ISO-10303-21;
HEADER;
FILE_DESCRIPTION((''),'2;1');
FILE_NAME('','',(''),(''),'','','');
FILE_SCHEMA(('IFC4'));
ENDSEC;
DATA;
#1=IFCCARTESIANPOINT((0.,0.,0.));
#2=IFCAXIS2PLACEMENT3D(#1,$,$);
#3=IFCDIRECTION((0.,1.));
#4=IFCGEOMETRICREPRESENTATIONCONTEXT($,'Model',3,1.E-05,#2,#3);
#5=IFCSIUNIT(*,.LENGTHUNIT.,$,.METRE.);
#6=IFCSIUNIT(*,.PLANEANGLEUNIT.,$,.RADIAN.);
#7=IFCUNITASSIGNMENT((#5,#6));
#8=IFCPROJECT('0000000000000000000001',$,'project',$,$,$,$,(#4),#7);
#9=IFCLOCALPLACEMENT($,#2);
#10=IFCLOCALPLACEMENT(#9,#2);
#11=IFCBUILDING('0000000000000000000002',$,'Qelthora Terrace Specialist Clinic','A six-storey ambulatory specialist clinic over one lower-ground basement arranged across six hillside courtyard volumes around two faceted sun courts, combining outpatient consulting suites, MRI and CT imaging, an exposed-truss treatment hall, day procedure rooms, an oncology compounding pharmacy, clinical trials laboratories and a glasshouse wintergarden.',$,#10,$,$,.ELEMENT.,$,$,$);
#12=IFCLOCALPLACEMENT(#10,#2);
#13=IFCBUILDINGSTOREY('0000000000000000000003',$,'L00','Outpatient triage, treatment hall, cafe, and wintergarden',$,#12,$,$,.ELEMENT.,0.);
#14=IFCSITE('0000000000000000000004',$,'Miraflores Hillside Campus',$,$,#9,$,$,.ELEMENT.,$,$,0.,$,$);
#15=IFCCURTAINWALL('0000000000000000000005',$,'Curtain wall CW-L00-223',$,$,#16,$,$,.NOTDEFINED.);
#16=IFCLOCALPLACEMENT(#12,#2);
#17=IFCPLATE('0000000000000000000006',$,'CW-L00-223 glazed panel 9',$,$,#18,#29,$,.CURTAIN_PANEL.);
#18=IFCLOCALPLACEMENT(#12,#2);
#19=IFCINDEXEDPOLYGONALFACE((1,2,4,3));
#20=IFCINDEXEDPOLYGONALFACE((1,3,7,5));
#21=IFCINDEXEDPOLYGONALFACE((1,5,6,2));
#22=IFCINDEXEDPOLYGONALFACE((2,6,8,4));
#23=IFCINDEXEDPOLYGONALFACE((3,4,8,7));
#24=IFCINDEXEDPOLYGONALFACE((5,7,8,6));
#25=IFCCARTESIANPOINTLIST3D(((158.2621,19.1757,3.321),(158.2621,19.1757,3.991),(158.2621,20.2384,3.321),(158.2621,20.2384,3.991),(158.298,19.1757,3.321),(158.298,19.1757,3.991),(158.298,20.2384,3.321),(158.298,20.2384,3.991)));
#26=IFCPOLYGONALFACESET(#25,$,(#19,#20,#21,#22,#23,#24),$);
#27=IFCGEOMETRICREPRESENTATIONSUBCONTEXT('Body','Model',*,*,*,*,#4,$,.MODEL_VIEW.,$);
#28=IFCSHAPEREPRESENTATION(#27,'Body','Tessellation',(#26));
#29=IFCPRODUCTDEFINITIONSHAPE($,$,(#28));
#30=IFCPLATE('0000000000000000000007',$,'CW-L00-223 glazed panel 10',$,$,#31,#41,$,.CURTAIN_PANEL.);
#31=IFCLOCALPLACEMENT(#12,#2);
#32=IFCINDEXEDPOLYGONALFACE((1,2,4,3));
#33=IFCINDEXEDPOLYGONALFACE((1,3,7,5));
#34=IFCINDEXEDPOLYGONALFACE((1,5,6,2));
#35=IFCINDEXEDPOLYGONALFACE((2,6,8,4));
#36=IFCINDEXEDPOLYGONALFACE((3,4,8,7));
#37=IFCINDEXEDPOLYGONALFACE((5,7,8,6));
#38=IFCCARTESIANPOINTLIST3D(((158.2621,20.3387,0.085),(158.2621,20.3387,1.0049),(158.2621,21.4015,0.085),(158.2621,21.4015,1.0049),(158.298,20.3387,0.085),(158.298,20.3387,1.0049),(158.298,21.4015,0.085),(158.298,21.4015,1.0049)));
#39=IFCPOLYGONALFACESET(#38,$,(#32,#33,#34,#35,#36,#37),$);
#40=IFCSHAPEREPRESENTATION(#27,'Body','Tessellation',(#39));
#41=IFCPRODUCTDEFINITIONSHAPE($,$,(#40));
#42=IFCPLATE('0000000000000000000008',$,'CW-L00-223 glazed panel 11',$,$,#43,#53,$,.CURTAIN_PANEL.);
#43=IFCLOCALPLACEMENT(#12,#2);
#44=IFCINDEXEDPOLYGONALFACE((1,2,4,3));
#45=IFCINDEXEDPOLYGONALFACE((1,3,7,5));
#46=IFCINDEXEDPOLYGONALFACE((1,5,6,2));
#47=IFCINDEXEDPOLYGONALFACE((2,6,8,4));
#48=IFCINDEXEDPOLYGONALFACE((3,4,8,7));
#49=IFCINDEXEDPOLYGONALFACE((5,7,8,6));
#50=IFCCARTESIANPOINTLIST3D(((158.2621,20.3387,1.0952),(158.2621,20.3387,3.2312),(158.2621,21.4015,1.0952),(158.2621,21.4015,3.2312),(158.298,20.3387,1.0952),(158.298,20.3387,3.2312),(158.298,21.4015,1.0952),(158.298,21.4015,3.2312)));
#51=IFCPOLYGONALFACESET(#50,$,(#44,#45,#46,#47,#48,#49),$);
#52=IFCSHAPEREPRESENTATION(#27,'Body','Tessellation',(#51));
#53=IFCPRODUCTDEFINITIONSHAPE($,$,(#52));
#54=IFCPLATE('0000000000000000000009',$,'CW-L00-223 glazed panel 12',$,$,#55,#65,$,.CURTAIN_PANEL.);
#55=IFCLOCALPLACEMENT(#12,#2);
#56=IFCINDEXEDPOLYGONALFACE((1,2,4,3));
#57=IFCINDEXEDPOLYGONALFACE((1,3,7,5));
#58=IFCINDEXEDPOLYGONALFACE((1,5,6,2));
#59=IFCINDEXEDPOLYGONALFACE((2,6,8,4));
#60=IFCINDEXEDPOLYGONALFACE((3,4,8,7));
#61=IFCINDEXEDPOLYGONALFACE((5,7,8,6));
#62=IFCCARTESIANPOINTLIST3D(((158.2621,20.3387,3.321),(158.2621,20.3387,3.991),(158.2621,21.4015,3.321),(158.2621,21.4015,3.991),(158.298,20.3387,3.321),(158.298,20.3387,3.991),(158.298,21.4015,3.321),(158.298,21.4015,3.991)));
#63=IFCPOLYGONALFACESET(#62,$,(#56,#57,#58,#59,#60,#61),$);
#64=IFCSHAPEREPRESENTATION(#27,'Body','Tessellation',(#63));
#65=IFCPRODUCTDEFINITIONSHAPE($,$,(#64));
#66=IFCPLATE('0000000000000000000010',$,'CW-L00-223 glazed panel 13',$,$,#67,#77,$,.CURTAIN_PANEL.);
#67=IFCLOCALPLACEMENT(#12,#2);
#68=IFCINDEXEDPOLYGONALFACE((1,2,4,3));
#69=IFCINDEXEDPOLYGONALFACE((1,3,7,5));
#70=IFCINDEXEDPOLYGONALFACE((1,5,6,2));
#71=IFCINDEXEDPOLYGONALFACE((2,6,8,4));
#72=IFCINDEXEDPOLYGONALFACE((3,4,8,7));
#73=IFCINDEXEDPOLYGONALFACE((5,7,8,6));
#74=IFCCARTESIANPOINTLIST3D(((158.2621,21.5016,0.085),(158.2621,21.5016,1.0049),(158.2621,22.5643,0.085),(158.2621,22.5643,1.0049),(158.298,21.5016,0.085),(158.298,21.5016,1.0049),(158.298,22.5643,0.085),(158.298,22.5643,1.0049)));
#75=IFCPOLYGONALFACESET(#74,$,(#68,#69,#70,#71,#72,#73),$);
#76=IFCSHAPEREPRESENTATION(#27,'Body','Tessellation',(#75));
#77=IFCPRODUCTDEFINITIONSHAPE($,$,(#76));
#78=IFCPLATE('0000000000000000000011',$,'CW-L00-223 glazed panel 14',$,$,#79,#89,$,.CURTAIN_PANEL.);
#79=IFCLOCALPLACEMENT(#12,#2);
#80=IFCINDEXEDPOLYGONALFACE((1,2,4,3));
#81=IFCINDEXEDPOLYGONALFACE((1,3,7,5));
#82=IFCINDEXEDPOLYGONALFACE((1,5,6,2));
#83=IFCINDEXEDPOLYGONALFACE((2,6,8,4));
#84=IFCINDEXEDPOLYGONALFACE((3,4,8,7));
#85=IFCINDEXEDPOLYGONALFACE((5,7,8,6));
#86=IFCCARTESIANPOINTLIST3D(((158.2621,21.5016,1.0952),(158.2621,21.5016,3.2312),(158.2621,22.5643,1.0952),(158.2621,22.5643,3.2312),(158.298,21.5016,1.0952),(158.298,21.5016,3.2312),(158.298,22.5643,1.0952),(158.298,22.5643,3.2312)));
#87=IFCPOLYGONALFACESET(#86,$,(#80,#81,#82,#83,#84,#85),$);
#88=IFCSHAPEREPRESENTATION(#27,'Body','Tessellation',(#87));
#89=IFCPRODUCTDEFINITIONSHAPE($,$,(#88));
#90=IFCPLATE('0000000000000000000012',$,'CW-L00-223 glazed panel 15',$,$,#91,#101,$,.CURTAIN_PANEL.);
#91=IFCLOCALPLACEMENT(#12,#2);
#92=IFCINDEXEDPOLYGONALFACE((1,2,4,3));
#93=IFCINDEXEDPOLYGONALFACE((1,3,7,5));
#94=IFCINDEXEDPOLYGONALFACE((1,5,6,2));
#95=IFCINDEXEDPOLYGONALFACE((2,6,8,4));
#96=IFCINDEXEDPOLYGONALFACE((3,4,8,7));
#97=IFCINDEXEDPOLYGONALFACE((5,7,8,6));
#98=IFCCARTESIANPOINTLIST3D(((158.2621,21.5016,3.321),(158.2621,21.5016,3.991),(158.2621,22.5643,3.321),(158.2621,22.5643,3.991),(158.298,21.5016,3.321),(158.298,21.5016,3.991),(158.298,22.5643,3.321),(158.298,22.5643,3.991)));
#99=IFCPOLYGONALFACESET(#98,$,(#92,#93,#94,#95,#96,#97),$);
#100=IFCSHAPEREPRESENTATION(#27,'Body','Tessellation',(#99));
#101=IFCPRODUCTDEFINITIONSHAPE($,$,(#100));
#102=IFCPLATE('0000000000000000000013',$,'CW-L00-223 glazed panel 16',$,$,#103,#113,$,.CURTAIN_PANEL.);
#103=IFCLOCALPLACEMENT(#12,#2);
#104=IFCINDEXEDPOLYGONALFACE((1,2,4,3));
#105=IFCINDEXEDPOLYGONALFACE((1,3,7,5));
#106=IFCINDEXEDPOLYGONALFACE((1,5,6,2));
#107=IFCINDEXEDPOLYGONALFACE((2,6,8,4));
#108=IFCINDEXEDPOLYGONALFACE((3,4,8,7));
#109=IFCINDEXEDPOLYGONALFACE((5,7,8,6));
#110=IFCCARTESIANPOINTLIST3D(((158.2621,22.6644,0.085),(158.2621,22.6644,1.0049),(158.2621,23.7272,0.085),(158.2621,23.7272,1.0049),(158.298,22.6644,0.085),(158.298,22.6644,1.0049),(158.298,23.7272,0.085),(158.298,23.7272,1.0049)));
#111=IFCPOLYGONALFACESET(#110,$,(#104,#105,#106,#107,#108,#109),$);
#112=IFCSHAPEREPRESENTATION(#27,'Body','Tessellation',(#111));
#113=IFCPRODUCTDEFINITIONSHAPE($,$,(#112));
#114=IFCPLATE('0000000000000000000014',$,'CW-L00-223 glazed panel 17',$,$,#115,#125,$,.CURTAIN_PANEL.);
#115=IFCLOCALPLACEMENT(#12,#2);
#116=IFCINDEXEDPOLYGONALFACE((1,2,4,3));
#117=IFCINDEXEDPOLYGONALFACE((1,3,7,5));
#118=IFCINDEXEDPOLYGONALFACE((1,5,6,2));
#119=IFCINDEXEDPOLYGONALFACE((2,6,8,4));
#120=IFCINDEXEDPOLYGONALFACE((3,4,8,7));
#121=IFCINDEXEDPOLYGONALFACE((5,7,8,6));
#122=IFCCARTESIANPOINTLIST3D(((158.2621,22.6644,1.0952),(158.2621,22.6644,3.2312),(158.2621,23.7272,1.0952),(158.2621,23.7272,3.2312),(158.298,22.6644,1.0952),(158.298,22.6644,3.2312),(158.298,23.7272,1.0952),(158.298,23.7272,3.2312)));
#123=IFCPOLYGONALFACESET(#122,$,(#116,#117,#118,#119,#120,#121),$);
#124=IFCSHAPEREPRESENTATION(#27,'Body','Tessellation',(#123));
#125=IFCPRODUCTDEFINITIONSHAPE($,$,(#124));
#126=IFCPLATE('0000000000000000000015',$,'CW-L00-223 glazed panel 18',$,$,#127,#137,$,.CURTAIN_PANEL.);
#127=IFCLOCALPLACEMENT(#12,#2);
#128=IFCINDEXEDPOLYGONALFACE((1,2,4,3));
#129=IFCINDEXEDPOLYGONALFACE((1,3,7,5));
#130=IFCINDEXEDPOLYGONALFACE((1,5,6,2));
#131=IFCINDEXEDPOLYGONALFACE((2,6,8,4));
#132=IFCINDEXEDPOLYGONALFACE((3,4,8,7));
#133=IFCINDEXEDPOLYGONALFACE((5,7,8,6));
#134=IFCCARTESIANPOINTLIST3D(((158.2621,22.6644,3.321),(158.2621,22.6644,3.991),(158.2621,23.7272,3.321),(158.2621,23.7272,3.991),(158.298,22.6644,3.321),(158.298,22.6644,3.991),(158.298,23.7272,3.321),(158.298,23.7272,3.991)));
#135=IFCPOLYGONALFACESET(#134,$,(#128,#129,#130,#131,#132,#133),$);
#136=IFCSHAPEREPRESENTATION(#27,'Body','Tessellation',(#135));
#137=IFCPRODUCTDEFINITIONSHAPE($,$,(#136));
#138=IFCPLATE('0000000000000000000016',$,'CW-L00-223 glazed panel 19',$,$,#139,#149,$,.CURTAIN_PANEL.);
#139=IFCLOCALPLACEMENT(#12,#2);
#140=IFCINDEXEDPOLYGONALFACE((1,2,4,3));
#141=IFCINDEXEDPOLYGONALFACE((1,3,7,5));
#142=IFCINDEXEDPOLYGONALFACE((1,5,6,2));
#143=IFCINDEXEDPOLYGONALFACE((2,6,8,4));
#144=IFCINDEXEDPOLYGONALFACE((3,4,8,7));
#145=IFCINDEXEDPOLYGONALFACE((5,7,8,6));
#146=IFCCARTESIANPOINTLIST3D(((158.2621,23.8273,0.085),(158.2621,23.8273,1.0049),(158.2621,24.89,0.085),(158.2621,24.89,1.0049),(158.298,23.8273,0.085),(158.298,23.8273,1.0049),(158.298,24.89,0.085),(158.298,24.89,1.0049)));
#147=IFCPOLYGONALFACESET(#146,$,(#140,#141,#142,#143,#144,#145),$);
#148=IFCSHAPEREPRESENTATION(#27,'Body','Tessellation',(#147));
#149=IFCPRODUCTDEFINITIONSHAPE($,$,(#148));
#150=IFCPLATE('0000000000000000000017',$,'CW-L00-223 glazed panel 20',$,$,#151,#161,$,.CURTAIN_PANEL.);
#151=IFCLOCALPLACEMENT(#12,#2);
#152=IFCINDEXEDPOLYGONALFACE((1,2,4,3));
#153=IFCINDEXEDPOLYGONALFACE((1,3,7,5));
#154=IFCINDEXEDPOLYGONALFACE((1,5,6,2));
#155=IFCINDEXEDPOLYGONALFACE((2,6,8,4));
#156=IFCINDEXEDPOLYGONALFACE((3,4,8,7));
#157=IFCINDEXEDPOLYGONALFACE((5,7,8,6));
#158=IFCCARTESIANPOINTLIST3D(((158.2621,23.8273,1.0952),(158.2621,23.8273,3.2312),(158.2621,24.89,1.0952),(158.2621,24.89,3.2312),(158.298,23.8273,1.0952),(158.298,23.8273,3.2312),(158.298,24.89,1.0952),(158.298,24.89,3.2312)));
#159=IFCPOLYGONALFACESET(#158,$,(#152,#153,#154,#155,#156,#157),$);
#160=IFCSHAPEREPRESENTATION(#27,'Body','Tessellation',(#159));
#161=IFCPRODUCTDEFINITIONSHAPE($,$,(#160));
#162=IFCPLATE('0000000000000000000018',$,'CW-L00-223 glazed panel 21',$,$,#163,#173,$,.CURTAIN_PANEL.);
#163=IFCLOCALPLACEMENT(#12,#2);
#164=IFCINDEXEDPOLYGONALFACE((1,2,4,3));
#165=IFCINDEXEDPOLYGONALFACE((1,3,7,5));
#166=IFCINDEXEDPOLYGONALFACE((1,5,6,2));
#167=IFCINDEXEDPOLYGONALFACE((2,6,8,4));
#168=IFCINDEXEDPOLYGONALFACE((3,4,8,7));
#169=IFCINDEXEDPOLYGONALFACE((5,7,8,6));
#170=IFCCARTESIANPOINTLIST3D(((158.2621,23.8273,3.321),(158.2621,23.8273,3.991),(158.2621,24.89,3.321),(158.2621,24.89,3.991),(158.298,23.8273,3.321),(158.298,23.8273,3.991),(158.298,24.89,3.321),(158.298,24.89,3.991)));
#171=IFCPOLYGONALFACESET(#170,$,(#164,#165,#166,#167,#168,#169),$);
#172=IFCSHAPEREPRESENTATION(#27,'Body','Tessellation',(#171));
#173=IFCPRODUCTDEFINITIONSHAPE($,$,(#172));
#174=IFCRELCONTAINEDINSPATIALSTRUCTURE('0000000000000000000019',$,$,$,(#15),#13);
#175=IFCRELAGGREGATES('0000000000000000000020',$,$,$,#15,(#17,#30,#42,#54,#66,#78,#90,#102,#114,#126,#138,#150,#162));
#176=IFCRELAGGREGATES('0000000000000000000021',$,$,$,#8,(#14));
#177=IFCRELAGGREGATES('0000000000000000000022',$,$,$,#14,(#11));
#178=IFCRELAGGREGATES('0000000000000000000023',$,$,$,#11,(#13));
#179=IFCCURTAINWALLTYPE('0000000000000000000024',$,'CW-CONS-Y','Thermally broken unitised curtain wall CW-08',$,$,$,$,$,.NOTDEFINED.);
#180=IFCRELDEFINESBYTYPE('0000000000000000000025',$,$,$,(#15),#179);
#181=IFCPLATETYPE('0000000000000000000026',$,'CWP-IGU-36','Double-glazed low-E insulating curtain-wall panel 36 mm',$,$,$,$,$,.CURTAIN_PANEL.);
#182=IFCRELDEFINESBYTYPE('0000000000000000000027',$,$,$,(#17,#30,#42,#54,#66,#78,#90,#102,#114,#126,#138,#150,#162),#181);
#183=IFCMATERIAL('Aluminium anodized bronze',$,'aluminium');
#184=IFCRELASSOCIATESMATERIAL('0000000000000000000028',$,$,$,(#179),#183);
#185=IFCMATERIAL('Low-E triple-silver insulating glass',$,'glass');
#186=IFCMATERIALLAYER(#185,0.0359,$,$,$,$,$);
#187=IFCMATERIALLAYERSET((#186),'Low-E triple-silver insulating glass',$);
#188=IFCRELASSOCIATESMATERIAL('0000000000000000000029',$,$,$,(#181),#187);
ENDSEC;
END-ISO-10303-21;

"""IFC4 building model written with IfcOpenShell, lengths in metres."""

from ifc_helpers import new_model, si_unit, direction, frame, origin, origin_2d, place, context, subcontext, project, spatial, rectangle, extrude, material, layer, layer_set, type_object, element, aggregate, save


model = new_model("IFC4")

# Units and contexts
model_context = context("Model", 3, precision=1e-05, world=origin(), true_north=direction((0.0, 1.0)))
body_context = subcontext(model_context, "Body", "Model", "MODEL_VIEW")
ifc_project = project(units=[si_unit("LENGTHUNIT", "METRE"), si_unit("PLANEANGLEUNIT", "RADIAN")], contexts=[model_context])

# Site, building, storey
site_placement = place(None, origin())
site = spatial("IfcSite", under=ifc_project, at=site_placement, Name="Miraflores Hillside Campus", CompositionType="ELEMENT", RefElevation=0.0)
building_placement = place(site_placement, origin())
building = spatial("IfcBuilding", under=site, at=building_placement, Name="Qelthora Terrace Specialist Clinic", Description="A six-storey ambulatory specialist clinic over one lower-ground basement arranged across six hillside courtyard volumes around two faceted sun courts, combining outpatient consulting suites, MRI and CT imaging, an exposed-truss treatment hall, day procedure rooms, an oncology compounding pharmacy, clinical trials laboratories and a glasshouse wintergarden.", CompositionType="ELEMENT")
storey_placement = place(building_placement, origin())
storey = spatial("IfcBuildingStorey", under=building, at=storey_placement, Name="L00", Description="Outpatient triage, treatment hall, cafe, and wintergarden", CompositionType="ELEMENT", Elevation=0.0)

# Curtain wall, plates
ifc_material_1 = material(Name="Aluminium anodized bronze", Category="aluminium")
curtain_wall_type = type_object("IfcCurtainWallType", Name="CW-CONS-Y", Description="Thermally broken unitised curtain wall CW-08", PredefinedType="NOTDEFINED", material=ifc_material_1)
curtain_wall_placement = place(storey_placement, origin())
curtain_wall = element("IfcCurtainWall", 1, at=curtain_wall_placement, inside=storey, type_object=curtain_wall_type, Name="Curtain wall CW-L00-223", PredefinedType="NOTDEFINED")
ifc_material_2 = material(Name="Low-E triple-silver insulating glass", Category="glass")
ifc_layer_1 = layer(ifc_material_2, 0.0359)
ifc_layer_set_1 = layer_set([ifc_layer_1], Name="Low-E triple-silver insulating glass")
plate_type = type_object("IfcPlateType", Name="CWP-IGU-36", Description="Double-glazed low-E insulating curtain-wall panel 36 mm", PredefinedType="CURTAIN_PANEL", material=ifc_layer_set_1)
plate_1_placement = place(storey_placement, frame((158.28, 19.707, 3.321), z_axis=(0.0, 0.0, 1.0), x_axis=(0.0, 1.0, 0.0)))
plate_1 = element("IfcPlate", 2, at=plate_1_placement, type_object=plate_type, Name="CW-L00-223 glazed panel 9", PredefinedType="CURTAIN_PANEL", context=body_context, shape_type="SweptSolid", body=[
    extrude(rectangle(XDim=1.0627, YDim=0.0359, at=origin_2d()), origin(), (0.0, 0.0, 1.0), 0.6699),
])
plate_2_placement = place(storey_placement, frame((158.28, 20.8701, 0.085), z_axis=(0.0, 0.0, 1.0), x_axis=(0.0, 1.0, 0.0)))
plate_2 = element("IfcPlate", 3, at=plate_2_placement, type_object=plate_type, Name="CW-L00-223 glazed panel 10", PredefinedType="CURTAIN_PANEL", context=body_context, shape_type="SweptSolid", body=[
    extrude(rectangle(XDim=1.0627, YDim=0.0359, at=origin_2d()), origin(), (0.0, 0.0, 1.0), 0.9199),
])
plate_3_placement = place(storey_placement, frame((158.28, 20.8701, 1.0952), z_axis=(0.0, 0.0, 1.0), x_axis=(0.0, 1.0, 0.0)))
plate_3 = element("IfcPlate", 4, at=plate_3_placement, type_object=plate_type, Name="CW-L00-223 glazed panel 11", PredefinedType="CURTAIN_PANEL", context=body_context, shape_type="SweptSolid", body=[
    extrude(rectangle(XDim=1.0627, YDim=0.0359, at=origin_2d()), origin(), (0.0, 0.0, 1.0), 2.136),
])
plate_4_placement = place(storey_placement, frame((158.28, 20.8701, 3.321), z_axis=(0.0, 0.0, 1.0), x_axis=(0.0, 1.0, 0.0)))
plate_4 = element("IfcPlate", 5, at=plate_4_placement, type_object=plate_type, Name="CW-L00-223 glazed panel 12", PredefinedType="CURTAIN_PANEL", context=body_context, shape_type="SweptSolid", body=[
    extrude(rectangle(XDim=1.0627, YDim=0.0359, at=origin_2d()), origin(), (0.0, 0.0, 1.0), 0.6699),
])
plate_5_placement = place(storey_placement, frame((158.28, 22.033, 0.085), z_axis=(0.0, 0.0, 1.0), x_axis=(0.0, 1.0, 0.0)))
plate_5 = element("IfcPlate", 6, at=plate_5_placement, type_object=plate_type, Name="CW-L00-223 glazed panel 13", PredefinedType="CURTAIN_PANEL", context=body_context, shape_type="SweptSolid", body=[
    extrude(rectangle(XDim=1.0627, YDim=0.0359, at=origin_2d()), origin(), (0.0, 0.0, 1.0), 0.9199),
])
plate_6_placement = place(storey_placement, frame((158.28, 22.033, 1.0952), z_axis=(0.0, 0.0, 1.0), x_axis=(0.0, 1.0, 0.0)))
plate_6 = element("IfcPlate", 7, at=plate_6_placement, type_object=plate_type, Name="CW-L00-223 glazed panel 14", PredefinedType="CURTAIN_PANEL", context=body_context, shape_type="SweptSolid", body=[
    extrude(rectangle(XDim=1.0627, YDim=0.0359, at=origin_2d()), origin(), (0.0, 0.0, 1.0), 2.136),
])
plate_7_placement = place(storey_placement, frame((158.28, 22.033, 3.321), z_axis=(0.0, 0.0, 1.0), x_axis=(0.0, 1.0, 0.0)))
plate_7 = element("IfcPlate", 8, at=plate_7_placement, type_object=plate_type, Name="CW-L00-223 glazed panel 15", PredefinedType="CURTAIN_PANEL", context=body_context, shape_type="SweptSolid", body=[
    extrude(rectangle(XDim=1.0627, YDim=0.0359, at=origin_2d()), origin(), (0.0, 0.0, 1.0), 0.6699),
])
plate_8_placement = place(storey_placement, frame((158.28, 23.1958, 0.085), z_axis=(0.0, 0.0, 1.0), x_axis=(0.0, 1.0, 0.0)))
plate_8 = element("IfcPlate", 9, at=plate_8_placement, type_object=plate_type, Name="CW-L00-223 glazed panel 16", PredefinedType="CURTAIN_PANEL", context=body_context, shape_type="SweptSolid", body=[
    extrude(rectangle(XDim=1.0627, YDim=0.0359, at=origin_2d()), origin(), (0.0, 0.0, 1.0), 0.9199),
])
plate_9_placement = place(storey_placement, frame((158.28, 23.1958, 1.0952), z_axis=(0.0, 0.0, 1.0), x_axis=(0.0, 1.0, 0.0)))
plate_9 = element("IfcPlate", 10, at=plate_9_placement, type_object=plate_type, Name="CW-L00-223 glazed panel 17", PredefinedType="CURTAIN_PANEL", context=body_context, shape_type="SweptSolid", body=[
    extrude(rectangle(XDim=1.0627, YDim=0.0359, at=origin_2d()), origin(), (0.0, 0.0, 1.0), 2.136),
])
plate_10_placement = place(storey_placement, frame((158.28, 23.1958, 3.321), z_axis=(0.0, 0.0, 1.0), x_axis=(0.0, 1.0, 0.0)))
plate_10 = element("IfcPlate", 11, at=plate_10_placement, type_object=plate_type, Name="CW-L00-223 glazed panel 18", PredefinedType="CURTAIN_PANEL", context=body_context, shape_type="SweptSolid", body=[
    extrude(rectangle(XDim=1.0627, YDim=0.0359, at=origin_2d()), origin(), (0.0, 0.0, 1.0), 0.6699),
])
plate_11_placement = place(storey_placement, frame((158.28, 24.3586, 0.085), z_axis=(0.0, 0.0, 1.0), x_axis=(0.0, 1.0, 0.0)))
plate_11 = element("IfcPlate", 12, at=plate_11_placement, type_object=plate_type, Name="CW-L00-223 glazed panel 19", PredefinedType="CURTAIN_PANEL", context=body_context, shape_type="SweptSolid", body=[
    extrude(rectangle(XDim=1.0627, YDim=0.0359, at=origin_2d()), origin(), (0.0, 0.0, 1.0), 0.9199),
])
plate_12_placement = place(storey_placement, frame((158.28, 24.3586, 1.0952), z_axis=(0.0, 0.0, 1.0), x_axis=(0.0, 1.0, 0.0)))
plate_12 = element("IfcPlate", 13, at=plate_12_placement, type_object=plate_type, Name="CW-L00-223 glazed panel 20", PredefinedType="CURTAIN_PANEL", context=body_context, shape_type="SweptSolid", body=[
    extrude(rectangle(XDim=1.0627, YDim=0.0359, at=origin_2d()), origin(), (0.0, 0.0, 1.0), 2.136),
])
plate_13_placement = place(storey_placement, frame((158.28, 24.3586, 3.321), z_axis=(0.0, 0.0, 1.0), x_axis=(0.0, 1.0, 0.0)))
plate_13 = element("IfcPlate", 14, at=plate_13_placement, type_object=plate_type, Name="CW-L00-223 glazed panel 21", PredefinedType="CURTAIN_PANEL", context=body_context, shape_type="SweptSolid", body=[
    extrude(rectangle(XDim=1.0627, YDim=0.0359, at=origin_2d()), origin(), (0.0, 0.0, 1.0), 0.6699),
])
aggregate(curtain_wall, [plate_1, plate_2, plate_3, plate_4, plate_5, plate_6, plate_7, plate_8, plate_9, plate_10, plate_11, plate_12, plate_13])

save(model, "model.ifc")
